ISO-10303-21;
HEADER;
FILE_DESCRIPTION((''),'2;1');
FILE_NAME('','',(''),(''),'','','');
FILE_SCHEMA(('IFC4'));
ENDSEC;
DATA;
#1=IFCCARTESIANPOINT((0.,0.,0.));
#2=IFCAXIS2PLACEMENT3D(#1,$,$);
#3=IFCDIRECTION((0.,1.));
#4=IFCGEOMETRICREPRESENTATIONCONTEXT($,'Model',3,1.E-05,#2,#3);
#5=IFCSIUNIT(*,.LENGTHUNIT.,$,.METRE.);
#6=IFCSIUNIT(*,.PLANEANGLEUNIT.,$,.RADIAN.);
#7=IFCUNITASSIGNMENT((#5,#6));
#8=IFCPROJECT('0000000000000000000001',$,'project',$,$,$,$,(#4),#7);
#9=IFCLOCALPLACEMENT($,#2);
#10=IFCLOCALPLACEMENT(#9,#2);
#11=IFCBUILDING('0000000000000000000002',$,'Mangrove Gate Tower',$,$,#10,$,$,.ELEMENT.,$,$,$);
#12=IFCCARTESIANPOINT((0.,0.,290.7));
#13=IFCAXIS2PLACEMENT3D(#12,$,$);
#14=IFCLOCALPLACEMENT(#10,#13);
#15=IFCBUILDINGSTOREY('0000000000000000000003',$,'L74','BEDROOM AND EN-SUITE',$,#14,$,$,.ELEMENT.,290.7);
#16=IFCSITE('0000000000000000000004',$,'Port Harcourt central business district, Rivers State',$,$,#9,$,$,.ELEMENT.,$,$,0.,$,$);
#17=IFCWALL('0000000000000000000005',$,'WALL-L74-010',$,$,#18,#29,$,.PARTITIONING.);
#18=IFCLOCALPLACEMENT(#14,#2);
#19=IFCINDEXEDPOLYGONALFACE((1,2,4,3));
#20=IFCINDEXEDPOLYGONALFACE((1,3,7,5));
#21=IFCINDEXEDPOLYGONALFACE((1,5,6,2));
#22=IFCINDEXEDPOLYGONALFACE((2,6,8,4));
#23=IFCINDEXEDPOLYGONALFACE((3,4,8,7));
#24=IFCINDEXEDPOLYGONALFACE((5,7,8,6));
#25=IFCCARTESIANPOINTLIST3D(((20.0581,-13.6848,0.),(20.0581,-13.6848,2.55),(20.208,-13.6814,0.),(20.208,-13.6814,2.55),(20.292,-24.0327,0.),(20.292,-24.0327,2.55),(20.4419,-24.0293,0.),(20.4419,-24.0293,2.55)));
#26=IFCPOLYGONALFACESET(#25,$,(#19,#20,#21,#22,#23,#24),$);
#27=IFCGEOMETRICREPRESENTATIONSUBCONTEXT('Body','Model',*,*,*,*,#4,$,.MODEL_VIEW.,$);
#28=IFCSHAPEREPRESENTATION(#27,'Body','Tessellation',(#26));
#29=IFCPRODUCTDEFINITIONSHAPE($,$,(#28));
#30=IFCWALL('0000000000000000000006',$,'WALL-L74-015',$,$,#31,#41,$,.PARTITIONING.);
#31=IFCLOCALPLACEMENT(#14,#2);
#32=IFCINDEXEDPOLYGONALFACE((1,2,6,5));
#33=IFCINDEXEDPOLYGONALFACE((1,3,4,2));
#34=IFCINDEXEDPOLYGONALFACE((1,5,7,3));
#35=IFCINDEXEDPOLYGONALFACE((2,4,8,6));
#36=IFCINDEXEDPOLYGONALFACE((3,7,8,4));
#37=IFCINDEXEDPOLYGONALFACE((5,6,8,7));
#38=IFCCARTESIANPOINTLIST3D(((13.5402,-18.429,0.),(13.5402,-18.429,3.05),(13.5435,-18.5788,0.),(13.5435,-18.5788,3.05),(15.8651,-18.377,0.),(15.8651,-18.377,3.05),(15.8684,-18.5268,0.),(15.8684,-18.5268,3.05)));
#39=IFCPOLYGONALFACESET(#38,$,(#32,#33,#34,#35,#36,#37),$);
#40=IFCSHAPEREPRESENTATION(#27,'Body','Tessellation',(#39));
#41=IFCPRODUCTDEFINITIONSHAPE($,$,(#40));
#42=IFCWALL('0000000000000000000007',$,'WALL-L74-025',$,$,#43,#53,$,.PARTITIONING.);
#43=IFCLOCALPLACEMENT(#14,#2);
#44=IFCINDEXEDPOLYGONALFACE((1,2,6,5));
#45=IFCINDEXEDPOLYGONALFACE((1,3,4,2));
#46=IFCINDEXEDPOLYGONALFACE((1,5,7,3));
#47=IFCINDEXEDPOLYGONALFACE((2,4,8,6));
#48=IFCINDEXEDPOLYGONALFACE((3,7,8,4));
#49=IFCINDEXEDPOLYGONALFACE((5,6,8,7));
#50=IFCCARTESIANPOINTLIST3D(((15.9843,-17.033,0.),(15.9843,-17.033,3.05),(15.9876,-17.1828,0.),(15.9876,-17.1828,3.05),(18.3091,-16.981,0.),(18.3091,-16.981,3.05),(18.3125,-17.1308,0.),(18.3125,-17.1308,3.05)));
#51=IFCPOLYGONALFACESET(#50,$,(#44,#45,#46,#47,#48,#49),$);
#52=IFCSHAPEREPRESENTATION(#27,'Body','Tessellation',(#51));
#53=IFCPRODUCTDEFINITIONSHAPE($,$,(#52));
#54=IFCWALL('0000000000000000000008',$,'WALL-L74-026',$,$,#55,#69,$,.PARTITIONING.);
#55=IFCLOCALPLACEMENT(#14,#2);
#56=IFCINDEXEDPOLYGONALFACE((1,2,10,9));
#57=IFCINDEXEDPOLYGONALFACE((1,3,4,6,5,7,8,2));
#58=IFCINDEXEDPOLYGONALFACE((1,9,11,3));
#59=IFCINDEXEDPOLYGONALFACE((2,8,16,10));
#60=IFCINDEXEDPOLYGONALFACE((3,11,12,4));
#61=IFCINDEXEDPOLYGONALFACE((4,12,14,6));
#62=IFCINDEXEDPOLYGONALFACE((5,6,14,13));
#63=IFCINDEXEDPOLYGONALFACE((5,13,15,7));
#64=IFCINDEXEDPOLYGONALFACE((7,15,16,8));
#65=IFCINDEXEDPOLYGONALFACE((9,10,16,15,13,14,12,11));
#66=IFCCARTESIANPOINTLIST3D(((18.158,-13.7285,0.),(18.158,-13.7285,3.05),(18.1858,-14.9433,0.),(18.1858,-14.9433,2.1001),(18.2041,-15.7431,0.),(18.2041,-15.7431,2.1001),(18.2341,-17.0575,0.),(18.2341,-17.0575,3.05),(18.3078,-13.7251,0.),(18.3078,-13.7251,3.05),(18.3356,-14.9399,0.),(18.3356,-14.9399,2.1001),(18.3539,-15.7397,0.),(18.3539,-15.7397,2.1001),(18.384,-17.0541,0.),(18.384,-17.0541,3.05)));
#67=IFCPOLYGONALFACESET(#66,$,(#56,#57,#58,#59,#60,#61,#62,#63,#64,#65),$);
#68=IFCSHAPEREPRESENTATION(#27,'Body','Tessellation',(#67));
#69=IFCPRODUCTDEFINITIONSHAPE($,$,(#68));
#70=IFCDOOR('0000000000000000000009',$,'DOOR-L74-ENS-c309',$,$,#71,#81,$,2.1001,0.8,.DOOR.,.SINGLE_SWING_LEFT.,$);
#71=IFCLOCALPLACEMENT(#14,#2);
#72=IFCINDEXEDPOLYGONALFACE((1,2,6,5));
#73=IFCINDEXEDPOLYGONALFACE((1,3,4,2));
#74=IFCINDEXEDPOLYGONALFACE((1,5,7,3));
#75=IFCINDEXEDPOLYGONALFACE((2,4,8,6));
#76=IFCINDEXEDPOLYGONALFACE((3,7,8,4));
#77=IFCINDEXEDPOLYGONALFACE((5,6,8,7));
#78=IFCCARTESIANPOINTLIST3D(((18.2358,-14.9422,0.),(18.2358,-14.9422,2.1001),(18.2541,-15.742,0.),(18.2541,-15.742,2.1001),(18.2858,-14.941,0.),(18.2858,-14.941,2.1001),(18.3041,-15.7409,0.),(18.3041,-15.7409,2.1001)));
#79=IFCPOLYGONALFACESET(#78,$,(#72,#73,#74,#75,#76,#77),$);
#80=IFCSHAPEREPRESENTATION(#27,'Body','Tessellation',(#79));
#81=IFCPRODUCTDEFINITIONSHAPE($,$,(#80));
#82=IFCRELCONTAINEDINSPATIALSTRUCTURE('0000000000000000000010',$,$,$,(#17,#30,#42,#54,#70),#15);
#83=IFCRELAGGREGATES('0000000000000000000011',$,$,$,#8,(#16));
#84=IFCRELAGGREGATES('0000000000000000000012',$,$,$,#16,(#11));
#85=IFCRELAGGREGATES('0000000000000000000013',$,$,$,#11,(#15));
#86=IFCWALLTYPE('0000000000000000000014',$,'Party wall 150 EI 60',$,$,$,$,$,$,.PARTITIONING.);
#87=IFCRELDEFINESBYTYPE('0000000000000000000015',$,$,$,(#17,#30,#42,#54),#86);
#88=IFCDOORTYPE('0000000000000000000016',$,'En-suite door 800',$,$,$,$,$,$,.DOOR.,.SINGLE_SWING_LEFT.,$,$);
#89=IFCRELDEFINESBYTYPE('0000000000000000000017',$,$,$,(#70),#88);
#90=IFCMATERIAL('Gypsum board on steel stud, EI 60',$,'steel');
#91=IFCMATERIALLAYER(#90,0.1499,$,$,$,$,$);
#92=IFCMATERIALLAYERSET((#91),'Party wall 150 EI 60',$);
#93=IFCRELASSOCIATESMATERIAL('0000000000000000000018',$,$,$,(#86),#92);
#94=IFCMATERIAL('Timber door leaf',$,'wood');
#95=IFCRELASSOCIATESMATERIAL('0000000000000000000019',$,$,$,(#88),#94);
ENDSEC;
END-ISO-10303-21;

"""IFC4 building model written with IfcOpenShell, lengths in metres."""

from ifc_helpers import new_model, si_unit, direction, frame, frame_2d, origin, place, context, subcontext, project, spatial, rectangle, extrude, material, layer, layer_set, type_object, element, fill, save


model = new_model("IFC4")

# Units and contexts
model_context = context("Model", 3, precision=1e-05, world=origin(), true_north=direction((0.0, 1.0)))
body_context = subcontext(model_context, "Body", "Model", "MODEL_VIEW")
ifc_project = project(units=[si_unit("LENGTHUNIT", "METRE"), si_unit("PLANEANGLEUNIT", "RADIAN")], contexts=[model_context])

# Site, building, storey
site_placement = place(None, origin())
site = spatial("IfcSite", under=ifc_project, at=site_placement, Name="Port Harcourt central business district, Rivers State", CompositionType="ELEMENT", RefElevation=0.0)
building_placement = place(site_placement, origin())
building = spatial("IfcBuilding", under=site, at=building_placement, Name="Mangrove Gate Tower", CompositionType="ELEMENT")
storey_placement = place(building_placement, frame((0.0, 0.0, 290.7)))
storey = spatial("IfcBuildingStorey", under=building, at=storey_placement, Name="L74", Description="BEDROOM AND EN-SUITE", CompositionType="ELEMENT", Elevation=290.7)

# Walls
ifc_material_1 = material(Name="Gypsum board on steel stud, EI 60", Category="steel")
ifc_layer_1 = layer(ifc_material_1, 0.1499)
ifc_layer_set_1 = layer_set([ifc_layer_1], Name="Party wall 150 EI 60")
wall_type_1 = type_object("IfcWallType", Name="Party wall 150 EI 60", PredefinedType="PARTITIONING", material=ifc_layer_set_1)
wall_1_placement = place(storey_placement, frame((20.3669, -24.031, 0.0), z_axis=(0.0, 0.0, 1.0), x_axis=(-0.022597, 0.999745, 0.0)))
element("IfcWall", 1, at=wall_1_placement, inside=storey, type_object=wall_type_1, Name="WALL-L74-010", PredefinedType="PARTITIONING", context=body_context, shape_type="SweptSolid", body=[
    extrude(rectangle(XDim=10.3506, YDim=0.1499, at=frame_2d((5.1753, 0.0))), origin(), (0.0, 0.0, 1.0), 2.55),
])
for number, where, z_axis, x_axis, name in (
    (2, (13.542, -18.5039, 0.0), (0.0, 0.0, 1.0), (0.99975, 0.022361, 0.0), "WALL-L74-015"),
    (3, (15.9861, -17.1079, 0.0), (0.0, 0.0, 1.0), (0.99975, 0.022361, 0.0), "WALL-L74-025"),
):
    element("IfcWall", number, at=place(storey_placement, frame(where, z_axis=z_axis, x_axis=x_axis)), inside=storey, type_object=wall_type_1, Name=name, PredefinedType="PARTITIONING", context=body_context, shape_type="SweptSolid", body=[
        extrude(rectangle(XDim=2.3254, YDim=0.1499, at=frame_2d((1.1626, 0.0))), origin(), (0.0, 0.0, 1.0), 3.05),
    ])

# Wall, opening, door
wall_2_placement = place(storey_placement, frame((18.3091, -17.0559, 0.0), z_axis=(0.0, 0.0, 1.0), x_axis=(-0.022876, 0.999738, 0.0)))
wall_2 = element("IfcWall", 4, at=wall_2_placement, inside=storey, type_object=wall_type_1, Name="WALL-L74-026", PredefinedType="PARTITIONING", context=body_context, shape_type="SweptSolid", body=[
    extrude(rectangle(XDim=3.3298, YDim=0.1499, at=frame_2d((1.665, 0.0))), origin(), (0.0, 0.0, 1.0), 3.05),
])
opening_1_placement = place(wall_2_placement, frame((1.3149, 0.0, 0.0)))
opening_1 = element("IfcOpeningElement", 5, at=opening_1_placement, cuts=wall_2, PredefinedType="OPENING", context=body_context, shape_type="SweptSolid", body=[
    extrude(rectangle(XDim=0.8, YDim=2.1001, at=frame_2d((0.3999, 1.05))), frame((0.0, 0.085, 0.0), z_axis=(0.0, -1.0, 0.0), x_axis=(1.0, 0.0, 0.0)), (0.0, 0.0, 1.0), 0.1699),
])
ifc_material_2 = material(Name="Timber door leaf", Category="wood")
door_type_1 = type_object("IfcDoorType", Name="En-suite door 800", OperationType="SINGLE_SWING_LEFT", PredefinedType="DOOR", material=ifc_material_2)
door_1_placement = place(opening_1_placement, origin())
door_1 = element("IfcDoor", 6, at=door_1_placement, inside=storey, type_object=door_type_1, Name="DOOR-L74-ENS-c309", OperationType="SINGLE_SWING_LEFT", OverallHeight=2.1001, OverallWidth=0.8, PredefinedType="DOOR", context=body_context, shape_type="SweptSolid", body=[
    extrude(rectangle(XDim=0.8, YDim=2.1001, at=frame_2d((0.3999, 1.05))), frame((0.0, 0.0249, 0.0), z_axis=(0.0, -1.0, 0.0), x_axis=(1.0, 0.0, 0.0)), (0.0, 0.0, 1.0), 0.05),
])
fill(opening_1, door_1)

save(model, "model.ifc")
